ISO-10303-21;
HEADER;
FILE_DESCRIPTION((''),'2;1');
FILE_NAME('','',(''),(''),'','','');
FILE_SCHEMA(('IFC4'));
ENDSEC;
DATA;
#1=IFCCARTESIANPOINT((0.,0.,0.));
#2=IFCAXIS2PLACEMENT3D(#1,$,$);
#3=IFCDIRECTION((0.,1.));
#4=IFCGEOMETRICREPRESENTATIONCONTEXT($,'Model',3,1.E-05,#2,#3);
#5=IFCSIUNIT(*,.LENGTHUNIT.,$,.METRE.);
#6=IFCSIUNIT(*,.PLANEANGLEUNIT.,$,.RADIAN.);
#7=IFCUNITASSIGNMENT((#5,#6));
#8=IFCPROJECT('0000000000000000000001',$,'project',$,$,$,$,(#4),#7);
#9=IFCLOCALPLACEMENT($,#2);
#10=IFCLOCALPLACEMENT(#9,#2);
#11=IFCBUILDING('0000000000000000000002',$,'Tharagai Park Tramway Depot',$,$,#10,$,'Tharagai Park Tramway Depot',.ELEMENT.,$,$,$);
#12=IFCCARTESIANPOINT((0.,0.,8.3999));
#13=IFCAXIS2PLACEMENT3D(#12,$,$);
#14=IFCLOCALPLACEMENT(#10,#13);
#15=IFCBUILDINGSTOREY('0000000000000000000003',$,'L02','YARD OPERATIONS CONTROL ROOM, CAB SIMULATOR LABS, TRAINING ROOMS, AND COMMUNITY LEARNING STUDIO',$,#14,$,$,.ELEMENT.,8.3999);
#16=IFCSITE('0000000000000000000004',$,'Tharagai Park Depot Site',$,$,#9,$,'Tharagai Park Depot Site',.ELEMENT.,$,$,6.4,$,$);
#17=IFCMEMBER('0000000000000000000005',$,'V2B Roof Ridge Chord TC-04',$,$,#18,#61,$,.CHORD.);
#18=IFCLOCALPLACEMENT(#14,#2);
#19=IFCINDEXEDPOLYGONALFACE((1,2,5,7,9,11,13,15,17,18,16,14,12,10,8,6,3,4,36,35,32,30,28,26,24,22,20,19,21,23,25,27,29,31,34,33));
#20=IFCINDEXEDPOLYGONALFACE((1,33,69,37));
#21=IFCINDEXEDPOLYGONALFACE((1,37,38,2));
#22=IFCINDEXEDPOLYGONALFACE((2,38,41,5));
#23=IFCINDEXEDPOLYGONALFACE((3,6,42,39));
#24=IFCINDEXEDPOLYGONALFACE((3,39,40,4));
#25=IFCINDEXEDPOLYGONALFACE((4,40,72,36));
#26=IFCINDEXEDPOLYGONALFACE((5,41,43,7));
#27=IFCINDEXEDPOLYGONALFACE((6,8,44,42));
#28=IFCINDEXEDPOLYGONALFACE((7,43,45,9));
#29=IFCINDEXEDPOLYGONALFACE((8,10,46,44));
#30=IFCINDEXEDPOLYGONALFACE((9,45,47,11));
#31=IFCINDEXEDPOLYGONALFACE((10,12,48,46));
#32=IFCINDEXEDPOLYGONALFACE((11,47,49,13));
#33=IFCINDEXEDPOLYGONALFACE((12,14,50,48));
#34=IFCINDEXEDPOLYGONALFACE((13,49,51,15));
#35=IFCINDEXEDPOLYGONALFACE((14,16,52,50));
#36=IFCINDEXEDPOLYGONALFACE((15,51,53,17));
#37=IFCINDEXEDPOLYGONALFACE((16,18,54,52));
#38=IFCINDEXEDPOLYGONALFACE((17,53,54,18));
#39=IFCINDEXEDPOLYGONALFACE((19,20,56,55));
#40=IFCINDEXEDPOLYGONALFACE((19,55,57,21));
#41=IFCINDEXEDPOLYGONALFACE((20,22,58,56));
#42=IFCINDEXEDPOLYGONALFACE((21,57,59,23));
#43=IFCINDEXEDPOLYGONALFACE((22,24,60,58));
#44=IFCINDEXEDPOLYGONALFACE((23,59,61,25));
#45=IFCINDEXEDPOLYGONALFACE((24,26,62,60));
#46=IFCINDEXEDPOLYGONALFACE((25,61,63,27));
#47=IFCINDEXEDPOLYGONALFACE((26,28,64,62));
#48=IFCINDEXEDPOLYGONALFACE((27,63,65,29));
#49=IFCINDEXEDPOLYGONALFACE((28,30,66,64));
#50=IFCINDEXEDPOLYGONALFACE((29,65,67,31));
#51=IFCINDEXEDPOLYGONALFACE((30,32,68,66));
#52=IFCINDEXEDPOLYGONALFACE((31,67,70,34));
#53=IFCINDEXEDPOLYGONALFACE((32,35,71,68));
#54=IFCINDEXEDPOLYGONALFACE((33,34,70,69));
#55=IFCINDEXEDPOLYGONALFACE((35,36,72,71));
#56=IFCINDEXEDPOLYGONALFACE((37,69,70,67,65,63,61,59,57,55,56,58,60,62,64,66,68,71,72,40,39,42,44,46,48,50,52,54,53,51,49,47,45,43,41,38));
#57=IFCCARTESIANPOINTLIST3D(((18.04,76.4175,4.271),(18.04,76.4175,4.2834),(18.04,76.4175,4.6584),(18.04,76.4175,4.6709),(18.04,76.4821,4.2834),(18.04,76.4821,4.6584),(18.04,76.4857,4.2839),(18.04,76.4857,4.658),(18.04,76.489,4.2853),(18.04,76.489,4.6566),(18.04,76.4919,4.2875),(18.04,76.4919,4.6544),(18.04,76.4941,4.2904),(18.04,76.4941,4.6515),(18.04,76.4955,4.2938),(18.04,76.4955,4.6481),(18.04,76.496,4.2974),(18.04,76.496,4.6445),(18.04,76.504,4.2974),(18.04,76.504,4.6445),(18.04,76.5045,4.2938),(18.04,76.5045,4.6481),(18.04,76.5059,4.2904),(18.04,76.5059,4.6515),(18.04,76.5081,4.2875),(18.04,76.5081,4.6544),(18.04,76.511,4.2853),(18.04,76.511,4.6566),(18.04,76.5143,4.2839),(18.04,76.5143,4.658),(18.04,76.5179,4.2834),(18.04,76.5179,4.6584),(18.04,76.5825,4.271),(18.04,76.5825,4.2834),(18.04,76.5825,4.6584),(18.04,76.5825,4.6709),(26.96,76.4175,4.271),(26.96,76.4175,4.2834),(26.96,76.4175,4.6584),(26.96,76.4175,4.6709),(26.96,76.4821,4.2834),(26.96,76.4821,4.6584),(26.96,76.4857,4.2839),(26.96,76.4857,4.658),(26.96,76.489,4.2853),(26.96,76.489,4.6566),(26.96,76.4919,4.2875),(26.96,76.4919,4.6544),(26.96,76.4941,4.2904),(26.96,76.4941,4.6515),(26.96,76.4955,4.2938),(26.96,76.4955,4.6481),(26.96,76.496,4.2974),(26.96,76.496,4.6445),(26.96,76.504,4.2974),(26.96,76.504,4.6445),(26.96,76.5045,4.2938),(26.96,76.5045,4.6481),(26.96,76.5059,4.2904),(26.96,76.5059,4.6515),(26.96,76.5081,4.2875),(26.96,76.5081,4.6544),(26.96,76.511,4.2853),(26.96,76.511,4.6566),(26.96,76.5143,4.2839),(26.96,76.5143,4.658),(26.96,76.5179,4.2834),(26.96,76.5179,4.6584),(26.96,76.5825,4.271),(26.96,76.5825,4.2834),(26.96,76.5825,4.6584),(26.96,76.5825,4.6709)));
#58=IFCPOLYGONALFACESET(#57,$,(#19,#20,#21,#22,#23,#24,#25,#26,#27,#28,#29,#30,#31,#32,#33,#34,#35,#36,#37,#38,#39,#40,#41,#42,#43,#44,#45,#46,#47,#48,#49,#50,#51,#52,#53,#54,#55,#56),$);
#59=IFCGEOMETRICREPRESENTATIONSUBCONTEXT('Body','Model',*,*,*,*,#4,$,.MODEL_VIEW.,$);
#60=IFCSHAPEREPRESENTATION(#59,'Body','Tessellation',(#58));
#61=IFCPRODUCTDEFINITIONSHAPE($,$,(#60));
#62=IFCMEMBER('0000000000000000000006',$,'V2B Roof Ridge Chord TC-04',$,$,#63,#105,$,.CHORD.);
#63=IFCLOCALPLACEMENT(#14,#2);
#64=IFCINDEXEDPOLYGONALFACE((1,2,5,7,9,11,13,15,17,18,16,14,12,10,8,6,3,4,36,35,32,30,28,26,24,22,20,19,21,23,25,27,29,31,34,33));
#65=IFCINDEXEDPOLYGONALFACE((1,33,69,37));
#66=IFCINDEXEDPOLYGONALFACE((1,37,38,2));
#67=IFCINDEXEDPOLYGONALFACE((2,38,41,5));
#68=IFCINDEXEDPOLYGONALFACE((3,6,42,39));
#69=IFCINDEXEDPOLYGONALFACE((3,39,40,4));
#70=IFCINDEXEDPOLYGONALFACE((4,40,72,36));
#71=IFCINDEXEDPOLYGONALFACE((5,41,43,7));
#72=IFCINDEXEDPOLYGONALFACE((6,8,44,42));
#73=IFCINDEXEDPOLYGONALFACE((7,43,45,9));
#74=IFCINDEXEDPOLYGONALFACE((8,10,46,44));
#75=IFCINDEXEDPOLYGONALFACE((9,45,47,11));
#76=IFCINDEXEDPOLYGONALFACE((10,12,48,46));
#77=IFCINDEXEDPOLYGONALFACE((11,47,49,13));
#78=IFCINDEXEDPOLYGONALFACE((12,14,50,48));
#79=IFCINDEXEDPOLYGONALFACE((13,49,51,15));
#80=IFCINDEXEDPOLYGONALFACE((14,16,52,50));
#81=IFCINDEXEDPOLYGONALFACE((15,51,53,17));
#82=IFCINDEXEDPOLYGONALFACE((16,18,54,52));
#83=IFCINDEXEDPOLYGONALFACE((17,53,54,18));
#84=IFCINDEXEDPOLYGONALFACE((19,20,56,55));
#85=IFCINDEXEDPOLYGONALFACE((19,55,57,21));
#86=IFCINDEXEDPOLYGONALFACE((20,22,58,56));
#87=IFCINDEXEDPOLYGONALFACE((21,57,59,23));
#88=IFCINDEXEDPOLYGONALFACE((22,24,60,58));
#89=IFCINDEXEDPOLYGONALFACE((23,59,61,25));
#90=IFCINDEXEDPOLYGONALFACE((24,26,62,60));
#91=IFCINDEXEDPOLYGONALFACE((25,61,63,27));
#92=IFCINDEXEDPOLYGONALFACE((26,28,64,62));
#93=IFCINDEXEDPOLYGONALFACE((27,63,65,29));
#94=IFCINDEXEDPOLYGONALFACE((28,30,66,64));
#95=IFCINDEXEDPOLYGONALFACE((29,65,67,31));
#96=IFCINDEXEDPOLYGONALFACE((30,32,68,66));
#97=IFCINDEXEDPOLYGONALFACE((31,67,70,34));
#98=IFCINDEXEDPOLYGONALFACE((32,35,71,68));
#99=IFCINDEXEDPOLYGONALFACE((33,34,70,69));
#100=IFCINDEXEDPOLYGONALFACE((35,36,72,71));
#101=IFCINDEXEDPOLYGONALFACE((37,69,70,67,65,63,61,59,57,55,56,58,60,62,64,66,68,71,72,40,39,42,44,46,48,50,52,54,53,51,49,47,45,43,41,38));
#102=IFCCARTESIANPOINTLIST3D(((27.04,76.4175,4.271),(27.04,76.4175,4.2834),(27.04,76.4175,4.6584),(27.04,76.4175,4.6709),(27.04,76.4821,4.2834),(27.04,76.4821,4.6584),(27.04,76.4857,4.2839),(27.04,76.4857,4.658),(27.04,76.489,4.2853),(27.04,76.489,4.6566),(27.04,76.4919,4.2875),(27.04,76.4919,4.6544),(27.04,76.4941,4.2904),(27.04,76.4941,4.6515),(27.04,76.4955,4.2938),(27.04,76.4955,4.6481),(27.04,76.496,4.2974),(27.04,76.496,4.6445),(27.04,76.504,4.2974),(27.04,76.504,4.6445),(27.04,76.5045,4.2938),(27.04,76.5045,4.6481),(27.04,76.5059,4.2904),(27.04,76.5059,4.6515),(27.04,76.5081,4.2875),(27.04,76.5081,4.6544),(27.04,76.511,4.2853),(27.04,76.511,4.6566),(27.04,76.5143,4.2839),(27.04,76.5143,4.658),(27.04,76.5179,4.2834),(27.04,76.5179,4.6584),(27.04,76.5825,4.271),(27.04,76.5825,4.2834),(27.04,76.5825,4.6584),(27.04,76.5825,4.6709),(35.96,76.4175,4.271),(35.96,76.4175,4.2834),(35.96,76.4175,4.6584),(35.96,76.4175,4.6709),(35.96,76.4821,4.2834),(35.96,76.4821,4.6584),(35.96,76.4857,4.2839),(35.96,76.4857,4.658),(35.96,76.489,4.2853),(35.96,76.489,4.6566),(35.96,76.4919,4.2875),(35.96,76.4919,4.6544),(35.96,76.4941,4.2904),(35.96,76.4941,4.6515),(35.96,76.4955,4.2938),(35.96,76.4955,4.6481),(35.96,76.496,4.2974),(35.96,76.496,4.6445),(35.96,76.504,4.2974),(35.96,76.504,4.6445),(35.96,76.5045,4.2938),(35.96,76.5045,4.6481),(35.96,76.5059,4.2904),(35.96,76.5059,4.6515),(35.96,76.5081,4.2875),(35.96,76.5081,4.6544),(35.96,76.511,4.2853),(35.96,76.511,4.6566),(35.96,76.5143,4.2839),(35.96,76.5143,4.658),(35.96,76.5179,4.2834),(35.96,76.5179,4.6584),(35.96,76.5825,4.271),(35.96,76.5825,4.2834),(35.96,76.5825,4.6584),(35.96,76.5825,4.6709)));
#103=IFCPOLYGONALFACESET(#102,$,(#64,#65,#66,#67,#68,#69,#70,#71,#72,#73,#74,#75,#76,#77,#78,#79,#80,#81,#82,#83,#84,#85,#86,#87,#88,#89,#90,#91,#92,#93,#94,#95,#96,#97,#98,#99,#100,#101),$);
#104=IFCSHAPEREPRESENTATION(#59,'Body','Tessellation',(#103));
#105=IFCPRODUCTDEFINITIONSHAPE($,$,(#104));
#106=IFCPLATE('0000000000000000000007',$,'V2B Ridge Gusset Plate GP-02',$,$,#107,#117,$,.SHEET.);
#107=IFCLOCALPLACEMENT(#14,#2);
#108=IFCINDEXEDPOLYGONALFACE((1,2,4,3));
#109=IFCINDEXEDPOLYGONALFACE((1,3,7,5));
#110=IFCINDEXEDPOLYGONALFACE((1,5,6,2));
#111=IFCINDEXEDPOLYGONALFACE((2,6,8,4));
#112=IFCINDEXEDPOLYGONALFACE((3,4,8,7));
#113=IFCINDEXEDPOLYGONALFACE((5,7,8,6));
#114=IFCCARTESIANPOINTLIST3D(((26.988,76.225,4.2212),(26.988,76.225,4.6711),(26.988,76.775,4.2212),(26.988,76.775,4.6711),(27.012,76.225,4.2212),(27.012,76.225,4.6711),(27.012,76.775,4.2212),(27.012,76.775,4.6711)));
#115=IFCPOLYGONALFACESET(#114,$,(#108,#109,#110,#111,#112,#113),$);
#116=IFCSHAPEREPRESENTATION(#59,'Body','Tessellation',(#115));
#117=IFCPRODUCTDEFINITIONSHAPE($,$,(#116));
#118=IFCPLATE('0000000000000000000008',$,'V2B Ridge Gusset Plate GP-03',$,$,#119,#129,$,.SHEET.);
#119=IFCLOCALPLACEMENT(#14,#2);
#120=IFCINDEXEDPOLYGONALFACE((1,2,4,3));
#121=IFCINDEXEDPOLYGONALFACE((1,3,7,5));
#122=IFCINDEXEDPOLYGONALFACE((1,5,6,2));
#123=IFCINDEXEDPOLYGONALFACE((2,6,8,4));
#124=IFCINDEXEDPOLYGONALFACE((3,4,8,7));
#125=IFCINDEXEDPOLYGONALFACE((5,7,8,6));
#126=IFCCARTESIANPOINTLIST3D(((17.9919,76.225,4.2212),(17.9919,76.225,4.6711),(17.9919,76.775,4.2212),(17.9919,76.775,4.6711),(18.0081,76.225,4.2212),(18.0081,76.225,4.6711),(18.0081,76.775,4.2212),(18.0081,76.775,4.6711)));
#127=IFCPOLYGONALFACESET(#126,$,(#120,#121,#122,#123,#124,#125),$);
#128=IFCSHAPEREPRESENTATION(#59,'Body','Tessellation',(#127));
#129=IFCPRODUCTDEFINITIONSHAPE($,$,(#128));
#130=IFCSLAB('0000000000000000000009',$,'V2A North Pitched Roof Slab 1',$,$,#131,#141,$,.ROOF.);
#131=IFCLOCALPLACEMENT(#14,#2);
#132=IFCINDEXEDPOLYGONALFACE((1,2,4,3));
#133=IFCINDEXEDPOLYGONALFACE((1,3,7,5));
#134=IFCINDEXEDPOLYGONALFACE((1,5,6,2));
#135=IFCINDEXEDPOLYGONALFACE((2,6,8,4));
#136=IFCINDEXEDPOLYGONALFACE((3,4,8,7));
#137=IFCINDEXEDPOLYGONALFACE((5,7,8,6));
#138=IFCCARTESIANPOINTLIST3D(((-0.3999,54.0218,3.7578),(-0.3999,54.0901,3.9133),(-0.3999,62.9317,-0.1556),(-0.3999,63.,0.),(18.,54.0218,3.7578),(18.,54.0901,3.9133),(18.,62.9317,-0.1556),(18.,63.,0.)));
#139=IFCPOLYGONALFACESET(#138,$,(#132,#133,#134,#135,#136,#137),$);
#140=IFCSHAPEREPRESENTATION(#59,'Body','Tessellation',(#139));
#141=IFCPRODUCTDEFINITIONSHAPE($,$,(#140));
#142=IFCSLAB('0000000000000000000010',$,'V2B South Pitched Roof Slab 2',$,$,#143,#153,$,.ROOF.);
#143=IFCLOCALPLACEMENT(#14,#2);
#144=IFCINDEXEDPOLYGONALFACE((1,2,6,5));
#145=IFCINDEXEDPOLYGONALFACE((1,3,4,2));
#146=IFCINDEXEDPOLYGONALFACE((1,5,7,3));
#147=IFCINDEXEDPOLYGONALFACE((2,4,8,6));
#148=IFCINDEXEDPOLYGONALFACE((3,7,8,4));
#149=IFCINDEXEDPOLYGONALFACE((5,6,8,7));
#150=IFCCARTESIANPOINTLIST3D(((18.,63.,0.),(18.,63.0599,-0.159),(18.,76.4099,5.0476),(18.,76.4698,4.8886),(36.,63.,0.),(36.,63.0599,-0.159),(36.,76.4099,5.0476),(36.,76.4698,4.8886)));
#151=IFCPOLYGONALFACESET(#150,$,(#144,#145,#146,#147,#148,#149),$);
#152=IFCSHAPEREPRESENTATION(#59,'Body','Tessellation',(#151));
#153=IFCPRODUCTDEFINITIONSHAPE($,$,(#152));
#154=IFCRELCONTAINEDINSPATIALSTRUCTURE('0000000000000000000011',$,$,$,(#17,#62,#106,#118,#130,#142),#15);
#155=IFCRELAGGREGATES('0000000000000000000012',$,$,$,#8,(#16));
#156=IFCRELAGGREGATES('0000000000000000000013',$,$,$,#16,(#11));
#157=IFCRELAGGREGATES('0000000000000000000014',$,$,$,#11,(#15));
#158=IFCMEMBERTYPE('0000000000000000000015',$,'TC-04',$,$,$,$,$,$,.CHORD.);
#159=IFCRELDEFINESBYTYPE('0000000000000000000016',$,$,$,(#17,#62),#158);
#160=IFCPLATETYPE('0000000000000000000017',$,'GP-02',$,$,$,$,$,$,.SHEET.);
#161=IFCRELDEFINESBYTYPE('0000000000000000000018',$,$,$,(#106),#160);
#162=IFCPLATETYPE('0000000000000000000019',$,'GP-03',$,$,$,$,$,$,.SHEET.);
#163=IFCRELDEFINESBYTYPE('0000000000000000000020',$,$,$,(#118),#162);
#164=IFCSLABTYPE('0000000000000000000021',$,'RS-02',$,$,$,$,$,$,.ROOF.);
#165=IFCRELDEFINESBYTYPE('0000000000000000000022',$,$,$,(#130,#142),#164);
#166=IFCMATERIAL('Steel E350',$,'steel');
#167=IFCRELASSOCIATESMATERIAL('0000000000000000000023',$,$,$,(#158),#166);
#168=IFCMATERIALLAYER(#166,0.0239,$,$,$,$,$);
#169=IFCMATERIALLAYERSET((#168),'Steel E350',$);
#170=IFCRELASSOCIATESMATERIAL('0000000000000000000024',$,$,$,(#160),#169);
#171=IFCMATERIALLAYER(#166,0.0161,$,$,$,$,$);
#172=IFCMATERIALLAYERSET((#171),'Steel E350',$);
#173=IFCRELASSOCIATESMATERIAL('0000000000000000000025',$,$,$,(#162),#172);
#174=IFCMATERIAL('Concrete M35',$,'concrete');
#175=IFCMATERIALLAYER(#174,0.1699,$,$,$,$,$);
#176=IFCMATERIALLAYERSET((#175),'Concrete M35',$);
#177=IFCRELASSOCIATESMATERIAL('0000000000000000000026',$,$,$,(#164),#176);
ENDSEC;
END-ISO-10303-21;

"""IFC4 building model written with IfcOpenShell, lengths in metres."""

from ifc_helpers import new_model, si_unit, direction, frame, origin, origin_2d, place, context, subcontext, project, spatial, polyline, rectangle, i_section, outline, extrude, material, layer, layer_set, material_profile, profile_set, type_object, element, save


model = new_model("IFC4")

# Units and contexts
model_context = context("Model", 3, precision=1e-05, world=origin(), true_north=direction((0.0, 1.0)))
body_context = subcontext(model_context, "Body", "Model", "MODEL_VIEW")
ifc_project = project(units=[si_unit("LENGTHUNIT", "METRE"), si_unit("PLANEANGLEUNIT", "RADIAN")], contexts=[model_context])

# Site, building, storey
site_placement = place(None, origin())
site = spatial("IfcSite", under=ifc_project, at=site_placement, Name="Tharagai Park Depot Site", LongName="Tharagai Park Depot Site", CompositionType="ELEMENT", RefElevation=6.4)
building_placement = place(site_placement, origin())
building = spatial("IfcBuilding", under=site, at=building_placement, Name="Tharagai Park Tramway Depot", LongName="Tharagai Park Tramway Depot", CompositionType="ELEMENT")
storey_placement = place(building_placement, frame((0.0, 0.0, 8.3999)))
storey = spatial("IfcBuildingStorey", under=building, at=storey_placement, Name="L02", Description="YARD OPERATIONS CONTROL ROOM, CAB SIMULATOR LABS, TRAINING ROOMS, AND COMMUNITY LEARNING STUDIO", CompositionType="ELEMENT", Elevation=8.3999)

# Shared definitions
ifc_material_1 = material(Name="Steel E350", Category="steel")

# Members
ifc_material_profile_1 = material_profile(ifc_material_1, i_section(OverallWidth=0.165, OverallDepth=0.3999, WebThickness=0.0081, FlangeThickness=0.0125, FilletRadius=0.0139, at=origin_2d()), Name="ISLB 400")
ifc_profile_set_1 = profile_set([ifc_material_profile_1], Name="Steel E350")
member_type_1 = type_object("IfcMemberType", Name="TC-04", PredefinedType="CHORD", material=ifc_profile_set_1)
for number, where, z_axis, x_axis, name in (
    (1, (18.04, 76.5, 4.4709), (1.0, 0.0, 0.0), (0.0, 1.0, 0.0), "V2B Roof Ridge Chord TC-04"),
    (2, (27.04, 76.5, 4.4709), (1.0, 0.0, 0.0), (0.0, 1.0, 0.0), "V2B Roof Ridge Chord TC-04"),
):
    element("IfcMember", number, at=place(storey_placement, frame(where, z_axis=z_axis, x_axis=x_axis)), inside=storey, type_object=member_type_1, Name=name, PredefinedType="CHORD", context=body_context, shape_type="SweptSolid", body=[
        extrude(i_section(OverallWidth=0.165, OverallDepth=0.3999, WebThickness=0.0081, FlangeThickness=0.0125, FilletRadius=0.0139, at=origin_2d()), origin(), (0.0, 0.0, 1.0), 8.9199),
    ])

# Plates
ifc_layer_1 = layer(ifc_material_1, 0.0239)
ifc_layer_set_1 = layer_set([ifc_layer_1], Name="Steel E350")
plate_type_1 = type_object("IfcPlateType", Name="GP-02", PredefinedType="SHEET", material=ifc_layer_set_1)
plate_1_placement = place(storey_placement, frame((27.0, 76.5, 4.2212), z_axis=(0.0, 0.0, 1.0), x_axis=(1.0, 0.0, 0.0)))
element("IfcPlate", 3, at=plate_1_placement, inside=storey, type_object=plate_type_1, Name="V2B Ridge Gusset Plate GP-02", PredefinedType="SHEET", context=body_context, shape_type="SweptSolid", body=[
    extrude(rectangle(XDim=0.0239, YDim=0.55, at=origin_2d()), origin(), (0.0, 0.0, 1.0), 0.45),
])
ifc_layer_2 = layer(ifc_material_1, 0.0161)
ifc_layer_set_2 = layer_set([ifc_layer_2], Name="Steel E350")
plate_type_2 = type_object("IfcPlateType", Name="GP-03", PredefinedType="SHEET", material=ifc_layer_set_2)
plate_2_placement = place(storey_placement, frame((18.0, 76.5, 4.2212), z_axis=(0.0, 0.0, 1.0), x_axis=(1.0, 0.0, 0.0)))
element("IfcPlate", 4, at=plate_2_placement, inside=storey, type_object=plate_type_2, Name="V2B Ridge Gusset Plate GP-03", PredefinedType="SHEET", context=body_context, shape_type="SweptSolid", body=[
    extrude(rectangle(XDim=0.0161, YDim=0.55, at=origin_2d()), origin(), (0.0, 0.0, 1.0), 0.45),
])

# Slabs
ifc_material_2 = material(Name="Concrete M35", Category="concrete")
ifc_layer_3 = layer(ifc_material_2, 0.1699)
ifc_layer_set_3 = layer_set([ifc_layer_3], Name="Concrete M35")
slab_type = type_object("IfcSlabType", Name="RS-02", PredefinedType="ROOF", material=ifc_layer_set_3)
slab_1_placement = place(storey_placement, frame((18.0, 63.0, 0.0), z_axis=(0.0, 0.402133, 0.915581), x_axis=(-1.0, 0.0, 0.0)))
element("IfcSlab", 5, at=slab_1_placement, inside=storey, type_object=slab_type, Name="V2A North Pitched Roof Slab 1", PredefinedType="ROOF", context=body_context, shape_type="SweptSolid", body=[
    extrude(outline(polyline([(0.0, 0.0), (18.3999, 0.0), (18.3999, 9.7314), (0.0, 9.7314), (0.0, 0.0)])), origin(), (0.0, 0.0, -1.0), 0.1699),
])
slab_2_placement = place(storey_placement, frame((18.0, 63.0, 0.0), z_axis=(0.0, -0.352279, 0.935895), x_axis=(1.0, 0.0, 0.0)))
element("IfcSlab", 6, at=slab_2_placement, inside=storey, type_object=slab_type, Name="V2B South Pitched Roof Slab 2", PredefinedType="ROOF", context=body_context, shape_type="SweptSolid", body=[
    extrude(outline(polyline([(0.0, 0.0), (18.0, 0.0), (18.0, 14.3284), (0.0, 14.3284), (0.0, 0.0)])), origin(), (0.0, 0.0, -1.0), 0.1699),
])

save(model, "model.ifc")
